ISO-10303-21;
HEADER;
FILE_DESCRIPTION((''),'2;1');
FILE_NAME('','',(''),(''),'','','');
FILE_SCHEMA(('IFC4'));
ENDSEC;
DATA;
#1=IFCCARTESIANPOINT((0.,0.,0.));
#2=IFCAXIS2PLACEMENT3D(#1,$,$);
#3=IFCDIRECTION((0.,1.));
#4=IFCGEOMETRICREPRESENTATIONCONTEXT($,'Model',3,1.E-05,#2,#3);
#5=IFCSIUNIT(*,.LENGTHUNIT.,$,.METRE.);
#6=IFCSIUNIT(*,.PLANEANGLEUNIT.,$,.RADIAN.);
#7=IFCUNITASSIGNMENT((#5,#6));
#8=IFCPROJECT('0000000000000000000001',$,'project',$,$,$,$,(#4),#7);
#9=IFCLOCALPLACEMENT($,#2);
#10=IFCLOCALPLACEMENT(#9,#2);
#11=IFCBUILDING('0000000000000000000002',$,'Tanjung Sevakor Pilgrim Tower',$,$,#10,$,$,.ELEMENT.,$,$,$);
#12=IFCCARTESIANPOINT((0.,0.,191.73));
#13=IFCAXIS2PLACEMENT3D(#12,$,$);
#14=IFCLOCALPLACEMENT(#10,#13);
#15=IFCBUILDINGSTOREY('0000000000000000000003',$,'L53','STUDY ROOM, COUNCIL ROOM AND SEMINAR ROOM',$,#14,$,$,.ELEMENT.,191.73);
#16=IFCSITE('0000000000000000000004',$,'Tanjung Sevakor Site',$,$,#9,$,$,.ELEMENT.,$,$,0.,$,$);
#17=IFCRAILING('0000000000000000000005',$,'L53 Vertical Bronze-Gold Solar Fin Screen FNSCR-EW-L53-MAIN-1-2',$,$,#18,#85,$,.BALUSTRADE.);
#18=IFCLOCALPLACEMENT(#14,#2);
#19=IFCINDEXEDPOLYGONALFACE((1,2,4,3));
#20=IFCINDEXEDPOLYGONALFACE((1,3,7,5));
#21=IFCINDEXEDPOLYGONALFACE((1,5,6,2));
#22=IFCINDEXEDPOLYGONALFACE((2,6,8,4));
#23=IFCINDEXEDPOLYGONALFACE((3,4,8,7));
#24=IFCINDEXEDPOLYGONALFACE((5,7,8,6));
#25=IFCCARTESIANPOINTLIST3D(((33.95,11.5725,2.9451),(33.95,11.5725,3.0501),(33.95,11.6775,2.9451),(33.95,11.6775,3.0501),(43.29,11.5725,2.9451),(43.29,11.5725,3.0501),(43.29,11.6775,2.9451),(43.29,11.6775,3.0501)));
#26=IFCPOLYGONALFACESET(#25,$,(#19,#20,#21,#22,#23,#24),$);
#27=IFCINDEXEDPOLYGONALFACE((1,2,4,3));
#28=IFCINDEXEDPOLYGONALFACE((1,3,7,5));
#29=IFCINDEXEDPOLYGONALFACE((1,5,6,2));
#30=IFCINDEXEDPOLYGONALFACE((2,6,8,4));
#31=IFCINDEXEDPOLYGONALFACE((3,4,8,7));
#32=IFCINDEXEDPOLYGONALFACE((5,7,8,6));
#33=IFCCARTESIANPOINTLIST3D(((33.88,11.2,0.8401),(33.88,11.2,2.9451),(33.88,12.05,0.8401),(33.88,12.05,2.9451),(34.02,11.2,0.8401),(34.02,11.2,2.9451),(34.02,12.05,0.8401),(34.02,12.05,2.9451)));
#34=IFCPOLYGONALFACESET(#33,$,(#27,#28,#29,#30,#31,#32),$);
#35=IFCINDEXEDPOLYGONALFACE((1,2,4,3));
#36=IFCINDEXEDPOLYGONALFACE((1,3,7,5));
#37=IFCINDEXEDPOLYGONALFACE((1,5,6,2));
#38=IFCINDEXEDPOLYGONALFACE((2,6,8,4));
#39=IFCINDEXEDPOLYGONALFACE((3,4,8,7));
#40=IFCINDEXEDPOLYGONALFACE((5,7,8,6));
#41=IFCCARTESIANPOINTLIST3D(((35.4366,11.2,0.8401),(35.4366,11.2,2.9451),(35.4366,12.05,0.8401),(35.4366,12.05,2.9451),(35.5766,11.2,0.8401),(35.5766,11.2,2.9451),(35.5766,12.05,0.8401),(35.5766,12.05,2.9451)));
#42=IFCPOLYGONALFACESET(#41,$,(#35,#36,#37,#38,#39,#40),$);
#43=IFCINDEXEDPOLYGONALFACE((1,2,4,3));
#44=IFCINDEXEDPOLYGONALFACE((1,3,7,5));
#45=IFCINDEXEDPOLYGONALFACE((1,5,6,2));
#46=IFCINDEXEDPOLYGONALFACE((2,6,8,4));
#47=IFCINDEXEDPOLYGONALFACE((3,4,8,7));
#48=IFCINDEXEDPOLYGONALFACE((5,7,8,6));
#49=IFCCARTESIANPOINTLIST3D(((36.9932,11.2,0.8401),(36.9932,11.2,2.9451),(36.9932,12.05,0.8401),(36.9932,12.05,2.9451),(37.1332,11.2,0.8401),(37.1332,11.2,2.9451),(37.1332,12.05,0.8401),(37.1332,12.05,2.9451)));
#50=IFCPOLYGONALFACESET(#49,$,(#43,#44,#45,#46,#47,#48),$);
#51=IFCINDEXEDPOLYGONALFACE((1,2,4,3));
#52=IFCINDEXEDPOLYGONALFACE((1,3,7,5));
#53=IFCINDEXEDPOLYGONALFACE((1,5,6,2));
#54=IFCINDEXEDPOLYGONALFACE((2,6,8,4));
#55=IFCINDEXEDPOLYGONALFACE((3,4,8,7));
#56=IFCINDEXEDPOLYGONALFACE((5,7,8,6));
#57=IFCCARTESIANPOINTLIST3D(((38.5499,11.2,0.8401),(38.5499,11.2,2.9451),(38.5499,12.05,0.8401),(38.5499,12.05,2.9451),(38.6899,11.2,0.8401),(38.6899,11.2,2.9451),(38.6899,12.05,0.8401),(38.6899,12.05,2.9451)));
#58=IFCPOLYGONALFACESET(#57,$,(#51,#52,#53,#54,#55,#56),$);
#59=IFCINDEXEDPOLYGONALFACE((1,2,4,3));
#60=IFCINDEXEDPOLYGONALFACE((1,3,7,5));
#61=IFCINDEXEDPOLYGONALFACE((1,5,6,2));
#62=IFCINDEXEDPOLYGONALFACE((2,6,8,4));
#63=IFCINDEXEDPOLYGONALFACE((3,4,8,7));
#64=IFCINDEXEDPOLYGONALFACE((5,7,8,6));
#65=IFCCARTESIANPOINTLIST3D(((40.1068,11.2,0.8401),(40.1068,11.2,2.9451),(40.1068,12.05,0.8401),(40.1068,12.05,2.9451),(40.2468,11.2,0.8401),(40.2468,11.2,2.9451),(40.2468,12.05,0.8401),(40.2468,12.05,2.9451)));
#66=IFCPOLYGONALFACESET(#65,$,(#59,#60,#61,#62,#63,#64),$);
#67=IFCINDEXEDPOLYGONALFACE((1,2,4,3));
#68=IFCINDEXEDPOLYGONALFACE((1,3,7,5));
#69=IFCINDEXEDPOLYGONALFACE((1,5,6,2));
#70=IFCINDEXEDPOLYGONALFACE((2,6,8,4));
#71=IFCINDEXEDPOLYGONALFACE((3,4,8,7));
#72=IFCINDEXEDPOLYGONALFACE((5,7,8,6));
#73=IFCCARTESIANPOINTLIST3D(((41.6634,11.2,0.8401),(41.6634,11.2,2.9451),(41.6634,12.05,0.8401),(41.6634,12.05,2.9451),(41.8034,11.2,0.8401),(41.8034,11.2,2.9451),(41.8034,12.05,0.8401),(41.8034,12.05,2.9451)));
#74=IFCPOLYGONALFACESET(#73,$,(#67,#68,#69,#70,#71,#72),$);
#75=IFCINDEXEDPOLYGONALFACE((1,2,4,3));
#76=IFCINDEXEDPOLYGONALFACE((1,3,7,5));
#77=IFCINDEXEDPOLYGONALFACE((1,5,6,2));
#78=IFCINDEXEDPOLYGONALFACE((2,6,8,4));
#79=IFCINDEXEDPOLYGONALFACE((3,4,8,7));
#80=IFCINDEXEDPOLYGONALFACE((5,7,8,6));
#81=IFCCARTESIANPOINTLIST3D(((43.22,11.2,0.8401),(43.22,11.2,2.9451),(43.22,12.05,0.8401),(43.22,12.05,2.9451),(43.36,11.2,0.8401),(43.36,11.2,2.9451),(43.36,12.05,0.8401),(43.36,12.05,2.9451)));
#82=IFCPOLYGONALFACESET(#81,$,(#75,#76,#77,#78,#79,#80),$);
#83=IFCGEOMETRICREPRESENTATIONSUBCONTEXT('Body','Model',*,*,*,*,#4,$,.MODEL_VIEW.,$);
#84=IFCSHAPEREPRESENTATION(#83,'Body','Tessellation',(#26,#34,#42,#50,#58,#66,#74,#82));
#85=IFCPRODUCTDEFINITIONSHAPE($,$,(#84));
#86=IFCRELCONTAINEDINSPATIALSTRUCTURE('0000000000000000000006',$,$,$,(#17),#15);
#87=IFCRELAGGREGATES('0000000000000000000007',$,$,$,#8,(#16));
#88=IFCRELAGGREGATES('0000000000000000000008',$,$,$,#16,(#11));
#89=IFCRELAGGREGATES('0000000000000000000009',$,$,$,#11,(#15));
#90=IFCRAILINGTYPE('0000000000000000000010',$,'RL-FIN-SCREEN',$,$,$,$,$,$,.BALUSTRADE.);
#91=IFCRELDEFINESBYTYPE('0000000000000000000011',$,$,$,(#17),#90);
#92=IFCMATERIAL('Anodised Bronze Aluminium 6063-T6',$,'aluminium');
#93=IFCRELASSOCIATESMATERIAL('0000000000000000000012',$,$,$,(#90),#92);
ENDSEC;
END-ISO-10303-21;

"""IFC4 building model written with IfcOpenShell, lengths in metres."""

from ifc_helpers import new_model, si_unit, direction, frame, origin, place, context, subcontext, project, spatial, rectangle, extrude, material, type_object, element, save


model = new_model("IFC4")

# Units and contexts
model_context = context("Model", 3, precision=1e-05, world=origin(), true_north=direction((0.0, 1.0)))
body_context = subcontext(model_context, "Body", "Model", "MODEL_VIEW")
ifc_project = project(units=[si_unit("LENGTHUNIT", "METRE"), si_unit("PLANEANGLEUNIT", "RADIAN")], contexts=[model_context])

# Site, building, storey
site_placement = place(None, origin())
site = spatial("IfcSite", under=ifc_project, at=site_placement, Name="Tanjung Sevakor Site", CompositionType="ELEMENT", RefElevation=0.0)
building_placement = place(site_placement, origin())
building = spatial("IfcBuilding", under=site, at=building_placement, Name="Tanjung Sevakor Pilgrim Tower", CompositionType="ELEMENT")
storey_placement = place(building_placement, frame((0.0, 0.0, 191.73)))
storey = spatial("IfcBuildingStorey", under=building, at=storey_placement, Name="L53", Description="STUDY ROOM, COUNCIL ROOM AND SEMINAR ROOM", CompositionType="ELEMENT", Elevation=191.73)

# Railing
ifc_material_1 = material(Name="Anodised Bronze Aluminium 6063-T6", Category="aluminium")
railing_type = type_object("IfcRailingType", Name="RL-FIN-SCREEN", PredefinedType="BALUSTRADE", material=ifc_material_1)
railing_placement = place(storey_placement, frame((33.95, 11.625, 0.8401)))
element("IfcRailing", 1, at=railing_placement, inside=storey, type_object=railing_type, Name="L53 Vertical Bronze-Gold Solar Fin Screen FNSCR-EW-L53-MAIN-1-2", PredefinedType="BALUSTRADE", context=body_context, shape_type="SweptSolid", body=[
    extrude(rectangle(XDim=0.105, YDim=0.105), frame((0.0, 0.0, 2.1575), z_axis=(1.0, 0.0, 0.0), x_axis=(0.0, 1.0, 0.0)), (0.0, 0.0, 1.0), 9.3401),
    extrude(rectangle(XDim=0.14, YDim=0.85), origin(), (0.0, 0.0, 1.0), 2.105),
    extrude(rectangle(XDim=0.14, YDim=0.85), frame((1.5566, 0.0, 0.0)), (0.0, 0.0, 1.0), 2.105),
    extrude(rectangle(XDim=0.14, YDim=0.85), frame((3.1133, 0.0, 0.0)), (0.0, 0.0, 1.0), 2.105),
    extrude(rectangle(XDim=0.14, YDim=0.85), frame((4.6699, 0.0, 0.0)), (0.0, 0.0, 1.0), 2.105),
    extrude(rectangle(XDim=0.14, YDim=0.85), frame((6.2268, 0.0, 0.0)), (0.0, 0.0, 1.0), 2.105),
    extrude(rectangle(XDim=0.14, YDim=0.85), frame((7.7834, 0.0, 0.0)), (0.0, 0.0, 1.0), 2.105),
    extrude(rectangle(XDim=0.14, YDim=0.85), frame((9.3401, 0.0, 0.0)), (0.0, 0.0, 1.0), 2.105),
])

save(model, "model.ifc")
